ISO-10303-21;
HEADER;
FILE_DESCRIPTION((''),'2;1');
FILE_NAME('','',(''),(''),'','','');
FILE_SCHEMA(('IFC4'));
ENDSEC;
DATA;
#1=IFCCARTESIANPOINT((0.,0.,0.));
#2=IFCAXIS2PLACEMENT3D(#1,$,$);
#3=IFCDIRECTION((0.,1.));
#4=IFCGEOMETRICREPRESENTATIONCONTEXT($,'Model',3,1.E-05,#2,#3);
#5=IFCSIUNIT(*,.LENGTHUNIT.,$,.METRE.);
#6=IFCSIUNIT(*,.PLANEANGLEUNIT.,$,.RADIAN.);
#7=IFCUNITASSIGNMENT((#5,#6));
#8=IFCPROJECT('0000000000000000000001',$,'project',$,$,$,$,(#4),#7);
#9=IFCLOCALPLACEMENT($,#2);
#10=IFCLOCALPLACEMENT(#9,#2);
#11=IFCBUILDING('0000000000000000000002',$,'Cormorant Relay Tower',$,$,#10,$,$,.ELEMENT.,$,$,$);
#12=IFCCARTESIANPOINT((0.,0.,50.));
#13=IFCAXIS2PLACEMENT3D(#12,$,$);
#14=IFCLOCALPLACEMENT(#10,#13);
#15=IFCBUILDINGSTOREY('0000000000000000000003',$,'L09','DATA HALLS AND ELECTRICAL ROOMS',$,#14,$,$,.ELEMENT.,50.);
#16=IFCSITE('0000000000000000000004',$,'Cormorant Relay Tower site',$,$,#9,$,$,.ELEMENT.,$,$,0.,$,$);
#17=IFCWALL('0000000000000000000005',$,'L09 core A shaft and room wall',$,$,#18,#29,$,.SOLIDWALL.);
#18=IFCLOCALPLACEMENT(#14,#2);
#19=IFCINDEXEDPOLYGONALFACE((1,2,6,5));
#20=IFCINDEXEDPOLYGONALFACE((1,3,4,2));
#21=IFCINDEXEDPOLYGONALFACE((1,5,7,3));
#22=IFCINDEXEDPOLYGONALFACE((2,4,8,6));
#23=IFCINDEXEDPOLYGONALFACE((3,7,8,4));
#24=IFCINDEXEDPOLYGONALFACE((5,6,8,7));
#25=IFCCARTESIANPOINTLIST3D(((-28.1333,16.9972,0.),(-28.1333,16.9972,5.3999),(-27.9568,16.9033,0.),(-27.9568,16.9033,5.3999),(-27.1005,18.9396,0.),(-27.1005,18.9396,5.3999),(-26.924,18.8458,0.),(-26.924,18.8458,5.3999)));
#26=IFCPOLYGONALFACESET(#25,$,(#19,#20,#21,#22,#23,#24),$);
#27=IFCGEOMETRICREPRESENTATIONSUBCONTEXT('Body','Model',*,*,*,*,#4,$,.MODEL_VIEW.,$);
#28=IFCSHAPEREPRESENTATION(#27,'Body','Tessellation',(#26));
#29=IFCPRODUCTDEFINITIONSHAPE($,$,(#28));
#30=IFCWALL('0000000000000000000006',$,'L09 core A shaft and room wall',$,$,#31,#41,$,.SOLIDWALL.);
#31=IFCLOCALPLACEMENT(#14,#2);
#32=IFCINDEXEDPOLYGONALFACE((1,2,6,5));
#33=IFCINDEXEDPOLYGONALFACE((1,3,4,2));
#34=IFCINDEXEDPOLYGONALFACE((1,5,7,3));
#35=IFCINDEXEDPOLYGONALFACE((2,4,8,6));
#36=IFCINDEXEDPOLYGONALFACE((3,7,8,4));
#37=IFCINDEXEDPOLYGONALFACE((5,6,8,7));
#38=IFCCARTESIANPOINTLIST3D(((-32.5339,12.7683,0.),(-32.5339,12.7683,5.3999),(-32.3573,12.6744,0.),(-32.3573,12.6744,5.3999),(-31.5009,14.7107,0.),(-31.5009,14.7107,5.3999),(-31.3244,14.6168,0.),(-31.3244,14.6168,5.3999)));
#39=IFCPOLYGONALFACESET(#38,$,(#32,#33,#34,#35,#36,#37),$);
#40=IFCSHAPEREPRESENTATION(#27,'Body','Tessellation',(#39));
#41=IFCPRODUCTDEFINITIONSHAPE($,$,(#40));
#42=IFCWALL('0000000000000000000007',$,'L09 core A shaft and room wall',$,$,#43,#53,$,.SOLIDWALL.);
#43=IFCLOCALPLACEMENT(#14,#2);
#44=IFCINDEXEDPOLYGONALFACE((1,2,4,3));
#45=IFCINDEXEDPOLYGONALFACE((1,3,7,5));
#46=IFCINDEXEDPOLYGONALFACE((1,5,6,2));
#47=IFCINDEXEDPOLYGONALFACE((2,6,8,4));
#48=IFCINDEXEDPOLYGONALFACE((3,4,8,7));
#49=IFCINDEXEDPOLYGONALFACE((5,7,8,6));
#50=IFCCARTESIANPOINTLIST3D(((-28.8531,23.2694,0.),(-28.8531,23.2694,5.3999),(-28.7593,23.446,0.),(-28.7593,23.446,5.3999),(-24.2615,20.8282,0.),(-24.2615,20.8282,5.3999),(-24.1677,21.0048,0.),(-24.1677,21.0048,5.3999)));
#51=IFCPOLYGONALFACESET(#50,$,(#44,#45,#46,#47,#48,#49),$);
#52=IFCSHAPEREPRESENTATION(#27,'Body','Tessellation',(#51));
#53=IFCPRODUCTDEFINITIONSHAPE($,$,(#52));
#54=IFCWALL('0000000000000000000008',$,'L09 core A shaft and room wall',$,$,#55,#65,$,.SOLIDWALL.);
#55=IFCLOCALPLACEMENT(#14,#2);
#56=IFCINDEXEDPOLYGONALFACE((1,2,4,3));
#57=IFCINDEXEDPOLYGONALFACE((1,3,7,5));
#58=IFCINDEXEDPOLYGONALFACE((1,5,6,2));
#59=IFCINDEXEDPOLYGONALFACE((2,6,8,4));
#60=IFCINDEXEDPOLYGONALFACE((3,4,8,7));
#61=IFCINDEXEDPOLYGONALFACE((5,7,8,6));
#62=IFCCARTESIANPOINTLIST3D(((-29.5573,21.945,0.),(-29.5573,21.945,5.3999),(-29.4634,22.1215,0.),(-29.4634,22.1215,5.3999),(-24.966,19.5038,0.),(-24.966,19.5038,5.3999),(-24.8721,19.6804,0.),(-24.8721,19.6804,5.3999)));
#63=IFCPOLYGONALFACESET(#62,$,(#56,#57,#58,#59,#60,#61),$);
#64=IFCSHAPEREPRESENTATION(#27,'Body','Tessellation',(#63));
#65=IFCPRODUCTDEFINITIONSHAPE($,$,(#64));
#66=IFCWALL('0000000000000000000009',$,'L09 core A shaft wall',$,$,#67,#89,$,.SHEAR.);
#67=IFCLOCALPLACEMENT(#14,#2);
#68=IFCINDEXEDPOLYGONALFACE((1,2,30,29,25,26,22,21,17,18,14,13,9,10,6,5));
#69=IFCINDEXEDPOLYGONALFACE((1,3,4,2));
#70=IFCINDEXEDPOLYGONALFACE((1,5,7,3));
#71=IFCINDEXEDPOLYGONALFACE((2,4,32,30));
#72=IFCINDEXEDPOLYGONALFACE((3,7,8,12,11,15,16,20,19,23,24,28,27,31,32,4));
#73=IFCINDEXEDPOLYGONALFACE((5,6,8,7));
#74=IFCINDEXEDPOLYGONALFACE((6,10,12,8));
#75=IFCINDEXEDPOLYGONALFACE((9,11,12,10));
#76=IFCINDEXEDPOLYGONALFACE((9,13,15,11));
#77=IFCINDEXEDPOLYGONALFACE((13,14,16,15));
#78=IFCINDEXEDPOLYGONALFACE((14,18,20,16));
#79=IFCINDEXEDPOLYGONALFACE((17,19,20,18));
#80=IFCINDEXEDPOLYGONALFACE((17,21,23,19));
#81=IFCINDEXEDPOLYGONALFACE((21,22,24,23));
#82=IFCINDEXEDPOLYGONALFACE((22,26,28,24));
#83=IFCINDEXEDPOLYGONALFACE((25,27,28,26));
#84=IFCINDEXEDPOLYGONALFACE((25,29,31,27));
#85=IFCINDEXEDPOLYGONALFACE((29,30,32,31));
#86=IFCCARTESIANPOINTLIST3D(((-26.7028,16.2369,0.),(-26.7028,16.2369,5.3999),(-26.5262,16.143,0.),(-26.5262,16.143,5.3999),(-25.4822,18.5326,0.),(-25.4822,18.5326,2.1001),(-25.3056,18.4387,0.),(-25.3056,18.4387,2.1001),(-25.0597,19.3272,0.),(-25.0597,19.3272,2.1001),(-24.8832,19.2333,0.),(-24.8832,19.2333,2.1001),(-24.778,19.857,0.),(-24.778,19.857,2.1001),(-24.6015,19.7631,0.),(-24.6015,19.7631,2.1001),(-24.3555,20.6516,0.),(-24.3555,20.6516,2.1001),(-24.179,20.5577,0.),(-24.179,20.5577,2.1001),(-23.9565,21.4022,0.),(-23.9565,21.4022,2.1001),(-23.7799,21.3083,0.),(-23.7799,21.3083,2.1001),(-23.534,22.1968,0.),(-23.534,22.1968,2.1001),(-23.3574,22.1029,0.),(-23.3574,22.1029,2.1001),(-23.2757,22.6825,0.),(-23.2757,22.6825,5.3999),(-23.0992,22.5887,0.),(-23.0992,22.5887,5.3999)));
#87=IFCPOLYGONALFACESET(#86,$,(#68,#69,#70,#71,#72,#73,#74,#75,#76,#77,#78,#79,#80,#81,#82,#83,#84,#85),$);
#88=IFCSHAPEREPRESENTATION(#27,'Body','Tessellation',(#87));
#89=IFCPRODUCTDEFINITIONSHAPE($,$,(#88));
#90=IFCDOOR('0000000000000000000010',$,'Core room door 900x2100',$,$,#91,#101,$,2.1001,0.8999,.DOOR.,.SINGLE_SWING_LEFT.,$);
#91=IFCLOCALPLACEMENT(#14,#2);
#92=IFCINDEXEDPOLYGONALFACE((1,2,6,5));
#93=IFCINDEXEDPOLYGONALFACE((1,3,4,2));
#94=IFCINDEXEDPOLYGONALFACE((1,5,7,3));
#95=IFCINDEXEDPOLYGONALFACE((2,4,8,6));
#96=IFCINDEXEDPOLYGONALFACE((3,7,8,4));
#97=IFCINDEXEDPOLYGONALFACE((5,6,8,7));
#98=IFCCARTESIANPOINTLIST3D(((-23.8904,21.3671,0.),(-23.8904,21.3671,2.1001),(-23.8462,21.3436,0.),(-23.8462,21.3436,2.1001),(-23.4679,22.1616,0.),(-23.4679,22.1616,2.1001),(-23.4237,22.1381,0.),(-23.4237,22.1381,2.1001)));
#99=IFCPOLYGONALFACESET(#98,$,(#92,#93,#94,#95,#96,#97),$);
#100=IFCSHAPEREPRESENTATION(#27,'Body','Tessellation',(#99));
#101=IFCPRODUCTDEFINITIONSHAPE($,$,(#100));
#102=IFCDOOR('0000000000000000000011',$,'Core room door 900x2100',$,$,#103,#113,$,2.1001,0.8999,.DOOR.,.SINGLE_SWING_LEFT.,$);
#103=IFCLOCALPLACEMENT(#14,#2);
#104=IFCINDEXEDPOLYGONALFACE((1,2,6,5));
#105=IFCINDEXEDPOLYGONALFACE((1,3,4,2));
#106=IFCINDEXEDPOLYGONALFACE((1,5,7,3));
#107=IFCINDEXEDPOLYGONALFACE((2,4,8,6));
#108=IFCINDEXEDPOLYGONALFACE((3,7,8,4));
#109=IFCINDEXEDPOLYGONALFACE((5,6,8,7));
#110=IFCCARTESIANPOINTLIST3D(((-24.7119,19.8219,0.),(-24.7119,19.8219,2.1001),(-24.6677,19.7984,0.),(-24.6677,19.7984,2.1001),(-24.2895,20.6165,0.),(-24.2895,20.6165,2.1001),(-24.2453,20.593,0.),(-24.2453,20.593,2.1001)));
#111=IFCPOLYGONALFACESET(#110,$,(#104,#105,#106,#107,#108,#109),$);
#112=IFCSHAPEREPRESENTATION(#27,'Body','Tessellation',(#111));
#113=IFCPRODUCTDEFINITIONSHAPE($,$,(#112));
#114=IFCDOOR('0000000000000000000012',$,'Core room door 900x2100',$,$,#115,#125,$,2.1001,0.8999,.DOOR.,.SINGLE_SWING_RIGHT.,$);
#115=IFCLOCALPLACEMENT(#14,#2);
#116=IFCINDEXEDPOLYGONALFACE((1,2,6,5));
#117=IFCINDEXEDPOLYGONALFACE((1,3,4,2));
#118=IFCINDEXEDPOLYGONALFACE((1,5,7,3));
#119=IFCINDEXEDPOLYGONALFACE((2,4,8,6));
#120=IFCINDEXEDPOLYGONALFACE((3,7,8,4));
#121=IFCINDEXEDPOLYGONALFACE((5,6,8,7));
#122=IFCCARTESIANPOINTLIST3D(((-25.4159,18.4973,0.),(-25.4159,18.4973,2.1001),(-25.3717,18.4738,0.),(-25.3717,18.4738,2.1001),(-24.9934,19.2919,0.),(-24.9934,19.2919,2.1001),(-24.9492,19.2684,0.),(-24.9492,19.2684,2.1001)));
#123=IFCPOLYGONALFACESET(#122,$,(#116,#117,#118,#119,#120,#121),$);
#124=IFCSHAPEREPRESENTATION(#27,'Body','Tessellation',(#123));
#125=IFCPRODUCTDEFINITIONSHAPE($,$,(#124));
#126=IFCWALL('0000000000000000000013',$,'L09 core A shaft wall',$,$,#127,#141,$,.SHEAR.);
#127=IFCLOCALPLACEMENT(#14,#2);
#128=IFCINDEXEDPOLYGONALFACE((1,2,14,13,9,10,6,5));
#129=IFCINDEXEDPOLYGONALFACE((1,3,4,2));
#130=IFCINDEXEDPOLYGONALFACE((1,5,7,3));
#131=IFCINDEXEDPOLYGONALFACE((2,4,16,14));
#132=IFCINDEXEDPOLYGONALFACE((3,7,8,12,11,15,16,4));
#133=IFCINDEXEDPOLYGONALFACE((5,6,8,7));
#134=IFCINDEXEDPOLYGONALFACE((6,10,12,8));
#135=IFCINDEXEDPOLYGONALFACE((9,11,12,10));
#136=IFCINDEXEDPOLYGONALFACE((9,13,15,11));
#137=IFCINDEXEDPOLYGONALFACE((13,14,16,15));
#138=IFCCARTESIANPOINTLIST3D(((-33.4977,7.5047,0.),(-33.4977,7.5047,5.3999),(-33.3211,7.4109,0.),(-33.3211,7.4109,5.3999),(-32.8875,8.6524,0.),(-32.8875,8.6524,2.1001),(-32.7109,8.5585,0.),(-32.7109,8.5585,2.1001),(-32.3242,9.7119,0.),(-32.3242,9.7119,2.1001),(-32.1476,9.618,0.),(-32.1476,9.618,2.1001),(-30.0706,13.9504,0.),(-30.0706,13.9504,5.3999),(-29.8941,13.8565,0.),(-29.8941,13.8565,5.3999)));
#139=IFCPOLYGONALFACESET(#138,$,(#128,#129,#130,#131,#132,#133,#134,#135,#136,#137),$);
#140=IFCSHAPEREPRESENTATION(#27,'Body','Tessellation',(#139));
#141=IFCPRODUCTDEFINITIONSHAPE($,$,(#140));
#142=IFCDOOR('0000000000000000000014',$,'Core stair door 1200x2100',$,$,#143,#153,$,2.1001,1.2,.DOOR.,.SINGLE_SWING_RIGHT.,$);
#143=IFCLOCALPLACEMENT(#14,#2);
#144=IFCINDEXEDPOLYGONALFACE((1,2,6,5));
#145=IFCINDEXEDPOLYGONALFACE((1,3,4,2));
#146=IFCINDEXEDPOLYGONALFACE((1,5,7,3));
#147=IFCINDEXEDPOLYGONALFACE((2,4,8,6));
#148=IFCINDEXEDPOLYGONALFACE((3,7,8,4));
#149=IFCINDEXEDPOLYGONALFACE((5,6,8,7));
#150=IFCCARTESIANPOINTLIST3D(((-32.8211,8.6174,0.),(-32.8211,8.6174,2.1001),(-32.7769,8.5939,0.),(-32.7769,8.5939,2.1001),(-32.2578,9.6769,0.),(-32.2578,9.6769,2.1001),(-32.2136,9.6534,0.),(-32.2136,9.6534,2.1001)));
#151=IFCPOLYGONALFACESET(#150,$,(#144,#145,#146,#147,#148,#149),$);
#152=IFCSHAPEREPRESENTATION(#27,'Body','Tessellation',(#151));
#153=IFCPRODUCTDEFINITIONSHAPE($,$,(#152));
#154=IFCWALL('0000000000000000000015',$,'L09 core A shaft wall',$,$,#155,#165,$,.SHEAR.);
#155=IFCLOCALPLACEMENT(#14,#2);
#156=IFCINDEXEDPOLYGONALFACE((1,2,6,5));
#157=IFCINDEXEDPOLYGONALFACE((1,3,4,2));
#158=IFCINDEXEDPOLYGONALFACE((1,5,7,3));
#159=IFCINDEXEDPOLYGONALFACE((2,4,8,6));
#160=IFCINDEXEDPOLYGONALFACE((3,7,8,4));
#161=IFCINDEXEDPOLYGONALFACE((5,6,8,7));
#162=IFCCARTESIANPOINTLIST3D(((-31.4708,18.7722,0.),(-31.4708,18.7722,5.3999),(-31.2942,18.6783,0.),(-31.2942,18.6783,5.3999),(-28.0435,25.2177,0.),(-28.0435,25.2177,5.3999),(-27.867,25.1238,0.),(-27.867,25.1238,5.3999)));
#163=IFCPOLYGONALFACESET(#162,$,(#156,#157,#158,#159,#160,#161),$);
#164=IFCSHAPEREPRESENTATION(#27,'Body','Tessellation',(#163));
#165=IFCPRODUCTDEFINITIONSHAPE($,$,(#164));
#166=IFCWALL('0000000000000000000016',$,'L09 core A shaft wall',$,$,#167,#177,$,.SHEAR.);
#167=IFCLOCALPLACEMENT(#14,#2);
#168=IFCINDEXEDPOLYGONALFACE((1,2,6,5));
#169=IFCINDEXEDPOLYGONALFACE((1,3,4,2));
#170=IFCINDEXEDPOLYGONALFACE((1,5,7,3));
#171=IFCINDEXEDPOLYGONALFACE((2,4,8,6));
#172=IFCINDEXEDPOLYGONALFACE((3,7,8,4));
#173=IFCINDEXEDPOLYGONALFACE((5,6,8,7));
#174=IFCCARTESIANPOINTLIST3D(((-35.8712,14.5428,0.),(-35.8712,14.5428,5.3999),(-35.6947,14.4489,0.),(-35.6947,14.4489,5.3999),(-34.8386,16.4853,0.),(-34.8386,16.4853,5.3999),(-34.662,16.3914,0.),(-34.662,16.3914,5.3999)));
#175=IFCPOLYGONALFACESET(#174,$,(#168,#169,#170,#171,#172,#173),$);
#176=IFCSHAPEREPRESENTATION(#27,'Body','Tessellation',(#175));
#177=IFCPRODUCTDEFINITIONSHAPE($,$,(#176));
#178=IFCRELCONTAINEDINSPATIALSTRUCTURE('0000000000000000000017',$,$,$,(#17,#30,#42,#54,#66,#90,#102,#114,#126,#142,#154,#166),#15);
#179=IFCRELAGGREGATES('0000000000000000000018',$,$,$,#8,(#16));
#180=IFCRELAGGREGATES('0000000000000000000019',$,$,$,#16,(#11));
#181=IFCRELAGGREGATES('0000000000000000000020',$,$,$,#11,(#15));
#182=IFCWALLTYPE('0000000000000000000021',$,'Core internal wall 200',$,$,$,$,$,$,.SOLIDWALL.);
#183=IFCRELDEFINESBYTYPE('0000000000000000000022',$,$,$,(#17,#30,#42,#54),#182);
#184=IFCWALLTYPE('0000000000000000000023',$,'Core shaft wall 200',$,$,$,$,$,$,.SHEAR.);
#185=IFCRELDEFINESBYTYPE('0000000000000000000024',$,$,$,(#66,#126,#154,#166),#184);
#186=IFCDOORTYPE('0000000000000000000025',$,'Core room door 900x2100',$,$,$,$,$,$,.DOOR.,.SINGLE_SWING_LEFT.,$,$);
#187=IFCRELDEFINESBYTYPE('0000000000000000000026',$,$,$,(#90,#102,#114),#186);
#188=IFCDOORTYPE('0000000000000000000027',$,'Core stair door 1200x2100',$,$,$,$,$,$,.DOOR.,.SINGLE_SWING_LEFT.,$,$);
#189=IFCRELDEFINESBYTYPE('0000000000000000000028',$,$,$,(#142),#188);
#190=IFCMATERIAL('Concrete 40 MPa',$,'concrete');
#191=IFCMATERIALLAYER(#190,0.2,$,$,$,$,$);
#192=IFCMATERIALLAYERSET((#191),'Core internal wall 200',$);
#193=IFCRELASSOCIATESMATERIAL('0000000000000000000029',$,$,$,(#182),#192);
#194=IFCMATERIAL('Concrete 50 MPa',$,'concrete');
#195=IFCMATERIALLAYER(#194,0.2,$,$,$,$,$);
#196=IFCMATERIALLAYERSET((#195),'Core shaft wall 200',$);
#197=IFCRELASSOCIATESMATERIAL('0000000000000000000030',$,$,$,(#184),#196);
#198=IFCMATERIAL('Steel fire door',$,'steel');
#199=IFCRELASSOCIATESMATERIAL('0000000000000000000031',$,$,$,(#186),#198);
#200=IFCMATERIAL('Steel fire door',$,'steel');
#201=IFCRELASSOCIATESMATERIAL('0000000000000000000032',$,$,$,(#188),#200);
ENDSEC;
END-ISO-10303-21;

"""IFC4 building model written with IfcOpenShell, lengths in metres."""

from ifc_helpers import new_model, si_unit, direction, frame, frame_2d, origin, place, context, subcontext, project, spatial, rectangle, extrude, material, layer, layer_set, type_object, element, fill, save


model = new_model("IFC4")

# Units and contexts
model_context = context("Model", 3, precision=1e-05, world=origin(), true_north=direction((0.0, 1.0)))
body_context = subcontext(model_context, "Body", "Model", "MODEL_VIEW")
ifc_project = project(units=[si_unit("LENGTHUNIT", "METRE"), si_unit("PLANEANGLEUNIT", "RADIAN")], contexts=[model_context])

# Site, building, storey
site_placement = place(None, origin())
site = spatial("IfcSite", under=ifc_project, at=site_placement, Name="Cormorant Relay Tower site", CompositionType="ELEMENT", RefElevation=0.0)
building_placement = place(site_placement, origin())
building = spatial("IfcBuilding", under=site, at=building_placement, Name="Cormorant Relay Tower", CompositionType="ELEMENT")
storey_placement = place(building_placement, frame((0.0, 0.0, 50.0)))
storey = spatial("IfcBuildingStorey", under=building, at=storey_placement, Name="L09", Description="DATA HALLS AND ELECTRICAL ROOMS", CompositionType="ELEMENT", Elevation=50.0)

# Walls
ifc_material_1 = material(Name="Concrete 40 MPa", Category="concrete")
ifc_layer_1 = layer(ifc_material_1, 0.2)
ifc_layer_set_1 = layer_set([ifc_layer_1], Name="Core internal wall 200")
wall_type_1 = type_object("IfcWallType", Name="Core internal wall 200", PredefinedType="SOLIDWALL", material=ifc_layer_set_1)
for number, where, z_axis, x_axis, name in (
    (1, (-27.0122, 18.8928, 0.0), (0.0, 0.0, 1.0), (-0.469447, -0.88296, 0.0), "L09 core A shaft and room wall"),
    (2, (-31.4126, 14.6638, 0.0), (0.0, 0.0, 1.0), (-0.469534, -0.882914, 0.0), "L09 core A shaft and room wall"),
):
    element("IfcWall", number, at=place(storey_placement, frame(where, z_axis=z_axis, x_axis=x_axis)), inside=storey, type_object=wall_type_1, Name=name, PredefinedType="SOLIDWALL", context=body_context, shape_type="SweptSolid", body=[
        extrude(rectangle(XDim=2.2, YDim=0.2, at=frame_2d((1.1001, 0.0))), origin(), (0.0, 0.0, 1.0), 5.3999),
    ])
wall_1_placement = place(storey_placement, frame((-24.2146, 20.9165, 0.0), z_axis=(0.0, 0.0, 1.0), x_axis=(-0.882964, 0.46944, 0.0)))
element("IfcWall", 3, at=wall_1_placement, inside=storey, type_object=wall_type_1, Name="L09 core A shaft and room wall", PredefinedType="SOLIDWALL", context=body_context, shape_type="SweptSolid", body=[
    extrude(rectangle(XDim=5.2002, YDim=0.2, at=frame_2d((2.6001, 0.0))), origin(), (0.0, 0.0, 1.0), 5.3999),
])
wall_2_placement = place(storey_placement, frame((-24.9189, 19.592, 0.0), z_axis=(0.0, 0.0, 1.0), x_axis=(-0.882954, 0.46946, 0.0)))
element("IfcWall", 4, at=wall_2_placement, inside=storey, type_object=wall_type_1, Name="L09 core A shaft and room wall", PredefinedType="SOLIDWALL", context=body_context, shape_type="SweptSolid", body=[
    extrude(rectangle(XDim=5.2, YDim=0.2, at=frame_2d((2.6001, 0.0))), origin(), (0.0, 0.0, 1.0), 5.3999),
])

# Wall, openings, doors
ifc_material_2 = material(Name="Concrete 50 MPa", Category="concrete")
ifc_layer_2 = layer(ifc_material_2, 0.2)
ifc_layer_set_2 = layer_set([ifc_layer_2], Name="Core shaft wall 200")
wall_type_2 = type_object("IfcWallType", Name="Core shaft wall 200", PredefinedType="SHEAR", material=ifc_layer_set_2)
wall_3_placement = place(storey_placement, frame((-23.1875, 22.6355, 0.0), z_axis=(0.0, 0.0, 1.0), x_axis=(-0.469454, -0.882957, 0.0)))
wall_3 = element("IfcWall", 5, at=wall_3_placement, inside=storey, type_object=wall_type_2, Name="L09 core A shaft wall", PredefinedType="SHEAR", context=body_context, shape_type="SweptSolid", body=[
    extrude(rectangle(XDim=7.3, YDim=0.2, at=frame_2d((3.6499, 0.0))), origin(), (0.0, 0.0, 1.0), 5.3999),
])
opening_1_placement = place(wall_3_placement, frame((0.55, 0.0, 0.0)))
opening_1 = element("IfcOpeningElement", 6, at=opening_1_placement, cuts=wall_3, PredefinedType="OPENING", context=body_context, shape_type="SweptSolid", body=[
    extrude(rectangle(XDim=0.8999, YDim=2.1001, at=frame_2d((0.45, 1.05))), frame((0.0, 0.1099, 0.0), z_axis=(0.0, -1.0, 0.0), x_axis=(1.0, 0.0, 0.0)), (0.0, 0.0, 1.0), 0.22),
])
opening_2_placement = place(wall_3_placement, frame((2.3, 0.0, 0.0)))
opening_2 = element("IfcOpeningElement", 7, at=opening_2_placement, cuts=wall_3, PredefinedType="OPENING", context=body_context, shape_type="SweptSolid", body=[
    extrude(rectangle(XDim=0.8999, YDim=2.1001, at=frame_2d((0.45, 1.05))), frame((0.0, 0.1099, 0.0), z_axis=(0.0, -1.0, 0.0), x_axis=(1.0, 0.0, 0.0)), (0.0, 0.0, 1.0), 0.22),
])
opening_3_placement = place(wall_3_placement, frame((3.8, 0.0, 0.0)))
opening_3 = element("IfcOpeningElement", 8, at=opening_3_placement, cuts=wall_3, PredefinedType="OPENING", context=body_context, shape_type="SweptSolid", body=[
    extrude(rectangle(XDim=0.8999, YDim=2.1001, at=frame_2d((0.45, 1.05))), frame((0.0, 0.1099, 0.0), z_axis=(0.0, -1.0, 0.0), x_axis=(1.0, 0.0, 0.0)), (0.0, 0.0, 1.0), 0.22),
])
ifc_material_3 = material(Name="Steel fire door", Category="steel")
door_type_1 = type_object("IfcDoorType", Name="Core room door 900x2100", OperationType="SINGLE_SWING_LEFT", PredefinedType="DOOR", material=ifc_material_3)
door_1_placement = place(opening_1_placement, origin())
door_1 = element("IfcDoor", 9, at=door_1_placement, inside=storey, type_object=door_type_1, Name="Core room door 900x2100", OperationType="SINGLE_SWING_LEFT", OverallHeight=2.1001, OverallWidth=0.8999, PredefinedType="DOOR", context=body_context, shape_type="SweptSolid", body=[
    extrude(rectangle(XDim=0.8999, YDim=2.1001, at=frame_2d((0.45, 1.05))), frame((0.0, 0.0249, 0.0), z_axis=(0.0, -1.0, 0.0), x_axis=(1.0, 0.0, 0.0)), (0.0, 0.0, 1.0), 0.05),
])
fill(opening_1, door_1)
door_2_placement = place(opening_2_placement, origin())
door_2 = element("IfcDoor", 10, at=door_2_placement, inside=storey, type_object=door_type_1, Name="Core room door 900x2100", OperationType="SINGLE_SWING_LEFT", OverallHeight=2.1001, OverallWidth=0.8999, PredefinedType="DOOR", context=body_context, shape_type="SweptSolid", body=[
    extrude(rectangle(XDim=0.8999, YDim=2.1001, at=frame_2d((0.45, 1.05))), frame((0.0, 0.0249, 0.0), z_axis=(0.0, -1.0, 0.0), x_axis=(1.0, 0.0, 0.0)), (0.0, 0.0, 1.0), 0.05),
])
fill(opening_2, door_2)
door_3_placement = place(opening_3_placement, frame((0.8999, 0.0, 0.0), z_axis=(0.0, 0.0, 1.0), x_axis=(-1.0, 0.0, 0.0)))
door_3 = element("IfcDoor", 11, at=door_3_placement, inside=storey, type_object=door_type_1, Name="Core room door 900x2100", OperationType="SINGLE_SWING_RIGHT", OverallHeight=2.1001, OverallWidth=0.8999, PredefinedType="DOOR", context=body_context, shape_type="SweptSolid", body=[
    extrude(rectangle(XDim=0.8999, YDim=2.1001, at=frame_2d((0.45, 1.05))), frame((0.0, 0.0249, 0.0), z_axis=(0.0, -1.0, 0.0), x_axis=(1.0, 0.0, 0.0)), (0.0, 0.0, 1.0), 0.05),
])
fill(opening_3, door_3)

# Wall, opening, door
wall_4_placement = place(storey_placement, frame((-29.9824, 13.9033, 0.0), z_axis=(0.0, 0.0, 1.0), x_axis=(-0.469454, -0.882957, 0.0)))
wall_4 = element("IfcWall", 12, at=wall_4_placement, inside=storey, type_object=wall_type_2, Name="L09 core A shaft wall", PredefinedType="SHEAR", context=body_context, shape_type="SweptSolid", body=[
    extrude(rectangle(XDim=7.3, YDim=0.2, at=frame_2d((3.6499, 0.0))), origin(), (0.0, 0.0, 1.0), 5.3999),
])
opening_4_placement = place(wall_4_placement, frame((4.8, 0.0, 0.0)))
opening_4 = element("IfcOpeningElement", 13, at=opening_4_placement, cuts=wall_4, PredefinedType="OPENING", context=body_context, shape_type="SweptSolid", body=[
    extrude(rectangle(XDim=1.2, YDim=2.1001, at=frame_2d((0.6001, 1.05))), frame((0.0, 0.1099, 0.0), z_axis=(0.0, -1.0, 0.0), x_axis=(1.0, 0.0, 0.0)), (0.0, 0.0, 1.0), 0.22),
])
ifc_material_4 = material(Name="Steel fire door", Category="steel")
door_type_2 = type_object("IfcDoorType", Name="Core stair door 1200x2100", OperationType="SINGLE_SWING_LEFT", PredefinedType="DOOR", material=ifc_material_4)
door_4_placement = place(opening_4_placement, frame((1.2, 0.0, 0.0), z_axis=(0.0, 0.0, 1.0), x_axis=(-1.0, 0.0, 0.0)))
door_4 = element("IfcDoor", 14, at=door_4_placement, inside=storey, type_object=door_type_2, Name="Core stair door 1200x2100", OperationType="SINGLE_SWING_RIGHT", OverallHeight=2.1001, OverallWidth=1.2, PredefinedType="DOOR", context=body_context, shape_type="SweptSolid", body=[
    extrude(rectangle(XDim=1.2, YDim=2.1001, at=frame_2d((0.6001, 1.05))), frame((0.0, 0.0249, 0.0), z_axis=(0.0, -1.0, 0.0), x_axis=(1.0, 0.0, 0.0)), (0.0, 0.0, 1.0), 0.05),
])
fill(opening_4, door_4)

# Walls
wall_5_placement = place(storey_placement, frame((-27.9553, 25.1707, 0.0), z_axis=(0.0, 0.0, 1.0), x_axis=(-0.46948, -0.882943, 0.0)))
element("IfcWall", 15, at=wall_5_placement, inside=storey, type_object=wall_type_2, Name="L09 core A shaft wall", PredefinedType="SHEAR", context=body_context, shape_type="SweptSolid", body=[
    extrude(rectangle(XDim=7.3, YDim=0.2, at=frame_2d((3.6499, 0.0))), origin(), (0.0, 0.0, 1.0), 5.3999),
])
wall_6_placement = place(storey_placement, frame((-34.7502, 16.4385, 0.0), z_axis=(0.0, 0.0, 1.0), x_axis=(-0.469401, -0.882985, 0.0)))
element("IfcWall", 16, at=wall_6_placement, inside=storey, type_object=wall_type_2, Name="L09 core A shaft wall", PredefinedType="SHEAR", context=body_context, shape_type="SweptSolid", body=[
    extrude(rectangle(XDim=2.2, YDim=0.2, at=frame_2d((1.1001, 0.0))), origin(), (0.0, 0.0, 1.0), 5.3999),
])

save(model, "model.ifc")
